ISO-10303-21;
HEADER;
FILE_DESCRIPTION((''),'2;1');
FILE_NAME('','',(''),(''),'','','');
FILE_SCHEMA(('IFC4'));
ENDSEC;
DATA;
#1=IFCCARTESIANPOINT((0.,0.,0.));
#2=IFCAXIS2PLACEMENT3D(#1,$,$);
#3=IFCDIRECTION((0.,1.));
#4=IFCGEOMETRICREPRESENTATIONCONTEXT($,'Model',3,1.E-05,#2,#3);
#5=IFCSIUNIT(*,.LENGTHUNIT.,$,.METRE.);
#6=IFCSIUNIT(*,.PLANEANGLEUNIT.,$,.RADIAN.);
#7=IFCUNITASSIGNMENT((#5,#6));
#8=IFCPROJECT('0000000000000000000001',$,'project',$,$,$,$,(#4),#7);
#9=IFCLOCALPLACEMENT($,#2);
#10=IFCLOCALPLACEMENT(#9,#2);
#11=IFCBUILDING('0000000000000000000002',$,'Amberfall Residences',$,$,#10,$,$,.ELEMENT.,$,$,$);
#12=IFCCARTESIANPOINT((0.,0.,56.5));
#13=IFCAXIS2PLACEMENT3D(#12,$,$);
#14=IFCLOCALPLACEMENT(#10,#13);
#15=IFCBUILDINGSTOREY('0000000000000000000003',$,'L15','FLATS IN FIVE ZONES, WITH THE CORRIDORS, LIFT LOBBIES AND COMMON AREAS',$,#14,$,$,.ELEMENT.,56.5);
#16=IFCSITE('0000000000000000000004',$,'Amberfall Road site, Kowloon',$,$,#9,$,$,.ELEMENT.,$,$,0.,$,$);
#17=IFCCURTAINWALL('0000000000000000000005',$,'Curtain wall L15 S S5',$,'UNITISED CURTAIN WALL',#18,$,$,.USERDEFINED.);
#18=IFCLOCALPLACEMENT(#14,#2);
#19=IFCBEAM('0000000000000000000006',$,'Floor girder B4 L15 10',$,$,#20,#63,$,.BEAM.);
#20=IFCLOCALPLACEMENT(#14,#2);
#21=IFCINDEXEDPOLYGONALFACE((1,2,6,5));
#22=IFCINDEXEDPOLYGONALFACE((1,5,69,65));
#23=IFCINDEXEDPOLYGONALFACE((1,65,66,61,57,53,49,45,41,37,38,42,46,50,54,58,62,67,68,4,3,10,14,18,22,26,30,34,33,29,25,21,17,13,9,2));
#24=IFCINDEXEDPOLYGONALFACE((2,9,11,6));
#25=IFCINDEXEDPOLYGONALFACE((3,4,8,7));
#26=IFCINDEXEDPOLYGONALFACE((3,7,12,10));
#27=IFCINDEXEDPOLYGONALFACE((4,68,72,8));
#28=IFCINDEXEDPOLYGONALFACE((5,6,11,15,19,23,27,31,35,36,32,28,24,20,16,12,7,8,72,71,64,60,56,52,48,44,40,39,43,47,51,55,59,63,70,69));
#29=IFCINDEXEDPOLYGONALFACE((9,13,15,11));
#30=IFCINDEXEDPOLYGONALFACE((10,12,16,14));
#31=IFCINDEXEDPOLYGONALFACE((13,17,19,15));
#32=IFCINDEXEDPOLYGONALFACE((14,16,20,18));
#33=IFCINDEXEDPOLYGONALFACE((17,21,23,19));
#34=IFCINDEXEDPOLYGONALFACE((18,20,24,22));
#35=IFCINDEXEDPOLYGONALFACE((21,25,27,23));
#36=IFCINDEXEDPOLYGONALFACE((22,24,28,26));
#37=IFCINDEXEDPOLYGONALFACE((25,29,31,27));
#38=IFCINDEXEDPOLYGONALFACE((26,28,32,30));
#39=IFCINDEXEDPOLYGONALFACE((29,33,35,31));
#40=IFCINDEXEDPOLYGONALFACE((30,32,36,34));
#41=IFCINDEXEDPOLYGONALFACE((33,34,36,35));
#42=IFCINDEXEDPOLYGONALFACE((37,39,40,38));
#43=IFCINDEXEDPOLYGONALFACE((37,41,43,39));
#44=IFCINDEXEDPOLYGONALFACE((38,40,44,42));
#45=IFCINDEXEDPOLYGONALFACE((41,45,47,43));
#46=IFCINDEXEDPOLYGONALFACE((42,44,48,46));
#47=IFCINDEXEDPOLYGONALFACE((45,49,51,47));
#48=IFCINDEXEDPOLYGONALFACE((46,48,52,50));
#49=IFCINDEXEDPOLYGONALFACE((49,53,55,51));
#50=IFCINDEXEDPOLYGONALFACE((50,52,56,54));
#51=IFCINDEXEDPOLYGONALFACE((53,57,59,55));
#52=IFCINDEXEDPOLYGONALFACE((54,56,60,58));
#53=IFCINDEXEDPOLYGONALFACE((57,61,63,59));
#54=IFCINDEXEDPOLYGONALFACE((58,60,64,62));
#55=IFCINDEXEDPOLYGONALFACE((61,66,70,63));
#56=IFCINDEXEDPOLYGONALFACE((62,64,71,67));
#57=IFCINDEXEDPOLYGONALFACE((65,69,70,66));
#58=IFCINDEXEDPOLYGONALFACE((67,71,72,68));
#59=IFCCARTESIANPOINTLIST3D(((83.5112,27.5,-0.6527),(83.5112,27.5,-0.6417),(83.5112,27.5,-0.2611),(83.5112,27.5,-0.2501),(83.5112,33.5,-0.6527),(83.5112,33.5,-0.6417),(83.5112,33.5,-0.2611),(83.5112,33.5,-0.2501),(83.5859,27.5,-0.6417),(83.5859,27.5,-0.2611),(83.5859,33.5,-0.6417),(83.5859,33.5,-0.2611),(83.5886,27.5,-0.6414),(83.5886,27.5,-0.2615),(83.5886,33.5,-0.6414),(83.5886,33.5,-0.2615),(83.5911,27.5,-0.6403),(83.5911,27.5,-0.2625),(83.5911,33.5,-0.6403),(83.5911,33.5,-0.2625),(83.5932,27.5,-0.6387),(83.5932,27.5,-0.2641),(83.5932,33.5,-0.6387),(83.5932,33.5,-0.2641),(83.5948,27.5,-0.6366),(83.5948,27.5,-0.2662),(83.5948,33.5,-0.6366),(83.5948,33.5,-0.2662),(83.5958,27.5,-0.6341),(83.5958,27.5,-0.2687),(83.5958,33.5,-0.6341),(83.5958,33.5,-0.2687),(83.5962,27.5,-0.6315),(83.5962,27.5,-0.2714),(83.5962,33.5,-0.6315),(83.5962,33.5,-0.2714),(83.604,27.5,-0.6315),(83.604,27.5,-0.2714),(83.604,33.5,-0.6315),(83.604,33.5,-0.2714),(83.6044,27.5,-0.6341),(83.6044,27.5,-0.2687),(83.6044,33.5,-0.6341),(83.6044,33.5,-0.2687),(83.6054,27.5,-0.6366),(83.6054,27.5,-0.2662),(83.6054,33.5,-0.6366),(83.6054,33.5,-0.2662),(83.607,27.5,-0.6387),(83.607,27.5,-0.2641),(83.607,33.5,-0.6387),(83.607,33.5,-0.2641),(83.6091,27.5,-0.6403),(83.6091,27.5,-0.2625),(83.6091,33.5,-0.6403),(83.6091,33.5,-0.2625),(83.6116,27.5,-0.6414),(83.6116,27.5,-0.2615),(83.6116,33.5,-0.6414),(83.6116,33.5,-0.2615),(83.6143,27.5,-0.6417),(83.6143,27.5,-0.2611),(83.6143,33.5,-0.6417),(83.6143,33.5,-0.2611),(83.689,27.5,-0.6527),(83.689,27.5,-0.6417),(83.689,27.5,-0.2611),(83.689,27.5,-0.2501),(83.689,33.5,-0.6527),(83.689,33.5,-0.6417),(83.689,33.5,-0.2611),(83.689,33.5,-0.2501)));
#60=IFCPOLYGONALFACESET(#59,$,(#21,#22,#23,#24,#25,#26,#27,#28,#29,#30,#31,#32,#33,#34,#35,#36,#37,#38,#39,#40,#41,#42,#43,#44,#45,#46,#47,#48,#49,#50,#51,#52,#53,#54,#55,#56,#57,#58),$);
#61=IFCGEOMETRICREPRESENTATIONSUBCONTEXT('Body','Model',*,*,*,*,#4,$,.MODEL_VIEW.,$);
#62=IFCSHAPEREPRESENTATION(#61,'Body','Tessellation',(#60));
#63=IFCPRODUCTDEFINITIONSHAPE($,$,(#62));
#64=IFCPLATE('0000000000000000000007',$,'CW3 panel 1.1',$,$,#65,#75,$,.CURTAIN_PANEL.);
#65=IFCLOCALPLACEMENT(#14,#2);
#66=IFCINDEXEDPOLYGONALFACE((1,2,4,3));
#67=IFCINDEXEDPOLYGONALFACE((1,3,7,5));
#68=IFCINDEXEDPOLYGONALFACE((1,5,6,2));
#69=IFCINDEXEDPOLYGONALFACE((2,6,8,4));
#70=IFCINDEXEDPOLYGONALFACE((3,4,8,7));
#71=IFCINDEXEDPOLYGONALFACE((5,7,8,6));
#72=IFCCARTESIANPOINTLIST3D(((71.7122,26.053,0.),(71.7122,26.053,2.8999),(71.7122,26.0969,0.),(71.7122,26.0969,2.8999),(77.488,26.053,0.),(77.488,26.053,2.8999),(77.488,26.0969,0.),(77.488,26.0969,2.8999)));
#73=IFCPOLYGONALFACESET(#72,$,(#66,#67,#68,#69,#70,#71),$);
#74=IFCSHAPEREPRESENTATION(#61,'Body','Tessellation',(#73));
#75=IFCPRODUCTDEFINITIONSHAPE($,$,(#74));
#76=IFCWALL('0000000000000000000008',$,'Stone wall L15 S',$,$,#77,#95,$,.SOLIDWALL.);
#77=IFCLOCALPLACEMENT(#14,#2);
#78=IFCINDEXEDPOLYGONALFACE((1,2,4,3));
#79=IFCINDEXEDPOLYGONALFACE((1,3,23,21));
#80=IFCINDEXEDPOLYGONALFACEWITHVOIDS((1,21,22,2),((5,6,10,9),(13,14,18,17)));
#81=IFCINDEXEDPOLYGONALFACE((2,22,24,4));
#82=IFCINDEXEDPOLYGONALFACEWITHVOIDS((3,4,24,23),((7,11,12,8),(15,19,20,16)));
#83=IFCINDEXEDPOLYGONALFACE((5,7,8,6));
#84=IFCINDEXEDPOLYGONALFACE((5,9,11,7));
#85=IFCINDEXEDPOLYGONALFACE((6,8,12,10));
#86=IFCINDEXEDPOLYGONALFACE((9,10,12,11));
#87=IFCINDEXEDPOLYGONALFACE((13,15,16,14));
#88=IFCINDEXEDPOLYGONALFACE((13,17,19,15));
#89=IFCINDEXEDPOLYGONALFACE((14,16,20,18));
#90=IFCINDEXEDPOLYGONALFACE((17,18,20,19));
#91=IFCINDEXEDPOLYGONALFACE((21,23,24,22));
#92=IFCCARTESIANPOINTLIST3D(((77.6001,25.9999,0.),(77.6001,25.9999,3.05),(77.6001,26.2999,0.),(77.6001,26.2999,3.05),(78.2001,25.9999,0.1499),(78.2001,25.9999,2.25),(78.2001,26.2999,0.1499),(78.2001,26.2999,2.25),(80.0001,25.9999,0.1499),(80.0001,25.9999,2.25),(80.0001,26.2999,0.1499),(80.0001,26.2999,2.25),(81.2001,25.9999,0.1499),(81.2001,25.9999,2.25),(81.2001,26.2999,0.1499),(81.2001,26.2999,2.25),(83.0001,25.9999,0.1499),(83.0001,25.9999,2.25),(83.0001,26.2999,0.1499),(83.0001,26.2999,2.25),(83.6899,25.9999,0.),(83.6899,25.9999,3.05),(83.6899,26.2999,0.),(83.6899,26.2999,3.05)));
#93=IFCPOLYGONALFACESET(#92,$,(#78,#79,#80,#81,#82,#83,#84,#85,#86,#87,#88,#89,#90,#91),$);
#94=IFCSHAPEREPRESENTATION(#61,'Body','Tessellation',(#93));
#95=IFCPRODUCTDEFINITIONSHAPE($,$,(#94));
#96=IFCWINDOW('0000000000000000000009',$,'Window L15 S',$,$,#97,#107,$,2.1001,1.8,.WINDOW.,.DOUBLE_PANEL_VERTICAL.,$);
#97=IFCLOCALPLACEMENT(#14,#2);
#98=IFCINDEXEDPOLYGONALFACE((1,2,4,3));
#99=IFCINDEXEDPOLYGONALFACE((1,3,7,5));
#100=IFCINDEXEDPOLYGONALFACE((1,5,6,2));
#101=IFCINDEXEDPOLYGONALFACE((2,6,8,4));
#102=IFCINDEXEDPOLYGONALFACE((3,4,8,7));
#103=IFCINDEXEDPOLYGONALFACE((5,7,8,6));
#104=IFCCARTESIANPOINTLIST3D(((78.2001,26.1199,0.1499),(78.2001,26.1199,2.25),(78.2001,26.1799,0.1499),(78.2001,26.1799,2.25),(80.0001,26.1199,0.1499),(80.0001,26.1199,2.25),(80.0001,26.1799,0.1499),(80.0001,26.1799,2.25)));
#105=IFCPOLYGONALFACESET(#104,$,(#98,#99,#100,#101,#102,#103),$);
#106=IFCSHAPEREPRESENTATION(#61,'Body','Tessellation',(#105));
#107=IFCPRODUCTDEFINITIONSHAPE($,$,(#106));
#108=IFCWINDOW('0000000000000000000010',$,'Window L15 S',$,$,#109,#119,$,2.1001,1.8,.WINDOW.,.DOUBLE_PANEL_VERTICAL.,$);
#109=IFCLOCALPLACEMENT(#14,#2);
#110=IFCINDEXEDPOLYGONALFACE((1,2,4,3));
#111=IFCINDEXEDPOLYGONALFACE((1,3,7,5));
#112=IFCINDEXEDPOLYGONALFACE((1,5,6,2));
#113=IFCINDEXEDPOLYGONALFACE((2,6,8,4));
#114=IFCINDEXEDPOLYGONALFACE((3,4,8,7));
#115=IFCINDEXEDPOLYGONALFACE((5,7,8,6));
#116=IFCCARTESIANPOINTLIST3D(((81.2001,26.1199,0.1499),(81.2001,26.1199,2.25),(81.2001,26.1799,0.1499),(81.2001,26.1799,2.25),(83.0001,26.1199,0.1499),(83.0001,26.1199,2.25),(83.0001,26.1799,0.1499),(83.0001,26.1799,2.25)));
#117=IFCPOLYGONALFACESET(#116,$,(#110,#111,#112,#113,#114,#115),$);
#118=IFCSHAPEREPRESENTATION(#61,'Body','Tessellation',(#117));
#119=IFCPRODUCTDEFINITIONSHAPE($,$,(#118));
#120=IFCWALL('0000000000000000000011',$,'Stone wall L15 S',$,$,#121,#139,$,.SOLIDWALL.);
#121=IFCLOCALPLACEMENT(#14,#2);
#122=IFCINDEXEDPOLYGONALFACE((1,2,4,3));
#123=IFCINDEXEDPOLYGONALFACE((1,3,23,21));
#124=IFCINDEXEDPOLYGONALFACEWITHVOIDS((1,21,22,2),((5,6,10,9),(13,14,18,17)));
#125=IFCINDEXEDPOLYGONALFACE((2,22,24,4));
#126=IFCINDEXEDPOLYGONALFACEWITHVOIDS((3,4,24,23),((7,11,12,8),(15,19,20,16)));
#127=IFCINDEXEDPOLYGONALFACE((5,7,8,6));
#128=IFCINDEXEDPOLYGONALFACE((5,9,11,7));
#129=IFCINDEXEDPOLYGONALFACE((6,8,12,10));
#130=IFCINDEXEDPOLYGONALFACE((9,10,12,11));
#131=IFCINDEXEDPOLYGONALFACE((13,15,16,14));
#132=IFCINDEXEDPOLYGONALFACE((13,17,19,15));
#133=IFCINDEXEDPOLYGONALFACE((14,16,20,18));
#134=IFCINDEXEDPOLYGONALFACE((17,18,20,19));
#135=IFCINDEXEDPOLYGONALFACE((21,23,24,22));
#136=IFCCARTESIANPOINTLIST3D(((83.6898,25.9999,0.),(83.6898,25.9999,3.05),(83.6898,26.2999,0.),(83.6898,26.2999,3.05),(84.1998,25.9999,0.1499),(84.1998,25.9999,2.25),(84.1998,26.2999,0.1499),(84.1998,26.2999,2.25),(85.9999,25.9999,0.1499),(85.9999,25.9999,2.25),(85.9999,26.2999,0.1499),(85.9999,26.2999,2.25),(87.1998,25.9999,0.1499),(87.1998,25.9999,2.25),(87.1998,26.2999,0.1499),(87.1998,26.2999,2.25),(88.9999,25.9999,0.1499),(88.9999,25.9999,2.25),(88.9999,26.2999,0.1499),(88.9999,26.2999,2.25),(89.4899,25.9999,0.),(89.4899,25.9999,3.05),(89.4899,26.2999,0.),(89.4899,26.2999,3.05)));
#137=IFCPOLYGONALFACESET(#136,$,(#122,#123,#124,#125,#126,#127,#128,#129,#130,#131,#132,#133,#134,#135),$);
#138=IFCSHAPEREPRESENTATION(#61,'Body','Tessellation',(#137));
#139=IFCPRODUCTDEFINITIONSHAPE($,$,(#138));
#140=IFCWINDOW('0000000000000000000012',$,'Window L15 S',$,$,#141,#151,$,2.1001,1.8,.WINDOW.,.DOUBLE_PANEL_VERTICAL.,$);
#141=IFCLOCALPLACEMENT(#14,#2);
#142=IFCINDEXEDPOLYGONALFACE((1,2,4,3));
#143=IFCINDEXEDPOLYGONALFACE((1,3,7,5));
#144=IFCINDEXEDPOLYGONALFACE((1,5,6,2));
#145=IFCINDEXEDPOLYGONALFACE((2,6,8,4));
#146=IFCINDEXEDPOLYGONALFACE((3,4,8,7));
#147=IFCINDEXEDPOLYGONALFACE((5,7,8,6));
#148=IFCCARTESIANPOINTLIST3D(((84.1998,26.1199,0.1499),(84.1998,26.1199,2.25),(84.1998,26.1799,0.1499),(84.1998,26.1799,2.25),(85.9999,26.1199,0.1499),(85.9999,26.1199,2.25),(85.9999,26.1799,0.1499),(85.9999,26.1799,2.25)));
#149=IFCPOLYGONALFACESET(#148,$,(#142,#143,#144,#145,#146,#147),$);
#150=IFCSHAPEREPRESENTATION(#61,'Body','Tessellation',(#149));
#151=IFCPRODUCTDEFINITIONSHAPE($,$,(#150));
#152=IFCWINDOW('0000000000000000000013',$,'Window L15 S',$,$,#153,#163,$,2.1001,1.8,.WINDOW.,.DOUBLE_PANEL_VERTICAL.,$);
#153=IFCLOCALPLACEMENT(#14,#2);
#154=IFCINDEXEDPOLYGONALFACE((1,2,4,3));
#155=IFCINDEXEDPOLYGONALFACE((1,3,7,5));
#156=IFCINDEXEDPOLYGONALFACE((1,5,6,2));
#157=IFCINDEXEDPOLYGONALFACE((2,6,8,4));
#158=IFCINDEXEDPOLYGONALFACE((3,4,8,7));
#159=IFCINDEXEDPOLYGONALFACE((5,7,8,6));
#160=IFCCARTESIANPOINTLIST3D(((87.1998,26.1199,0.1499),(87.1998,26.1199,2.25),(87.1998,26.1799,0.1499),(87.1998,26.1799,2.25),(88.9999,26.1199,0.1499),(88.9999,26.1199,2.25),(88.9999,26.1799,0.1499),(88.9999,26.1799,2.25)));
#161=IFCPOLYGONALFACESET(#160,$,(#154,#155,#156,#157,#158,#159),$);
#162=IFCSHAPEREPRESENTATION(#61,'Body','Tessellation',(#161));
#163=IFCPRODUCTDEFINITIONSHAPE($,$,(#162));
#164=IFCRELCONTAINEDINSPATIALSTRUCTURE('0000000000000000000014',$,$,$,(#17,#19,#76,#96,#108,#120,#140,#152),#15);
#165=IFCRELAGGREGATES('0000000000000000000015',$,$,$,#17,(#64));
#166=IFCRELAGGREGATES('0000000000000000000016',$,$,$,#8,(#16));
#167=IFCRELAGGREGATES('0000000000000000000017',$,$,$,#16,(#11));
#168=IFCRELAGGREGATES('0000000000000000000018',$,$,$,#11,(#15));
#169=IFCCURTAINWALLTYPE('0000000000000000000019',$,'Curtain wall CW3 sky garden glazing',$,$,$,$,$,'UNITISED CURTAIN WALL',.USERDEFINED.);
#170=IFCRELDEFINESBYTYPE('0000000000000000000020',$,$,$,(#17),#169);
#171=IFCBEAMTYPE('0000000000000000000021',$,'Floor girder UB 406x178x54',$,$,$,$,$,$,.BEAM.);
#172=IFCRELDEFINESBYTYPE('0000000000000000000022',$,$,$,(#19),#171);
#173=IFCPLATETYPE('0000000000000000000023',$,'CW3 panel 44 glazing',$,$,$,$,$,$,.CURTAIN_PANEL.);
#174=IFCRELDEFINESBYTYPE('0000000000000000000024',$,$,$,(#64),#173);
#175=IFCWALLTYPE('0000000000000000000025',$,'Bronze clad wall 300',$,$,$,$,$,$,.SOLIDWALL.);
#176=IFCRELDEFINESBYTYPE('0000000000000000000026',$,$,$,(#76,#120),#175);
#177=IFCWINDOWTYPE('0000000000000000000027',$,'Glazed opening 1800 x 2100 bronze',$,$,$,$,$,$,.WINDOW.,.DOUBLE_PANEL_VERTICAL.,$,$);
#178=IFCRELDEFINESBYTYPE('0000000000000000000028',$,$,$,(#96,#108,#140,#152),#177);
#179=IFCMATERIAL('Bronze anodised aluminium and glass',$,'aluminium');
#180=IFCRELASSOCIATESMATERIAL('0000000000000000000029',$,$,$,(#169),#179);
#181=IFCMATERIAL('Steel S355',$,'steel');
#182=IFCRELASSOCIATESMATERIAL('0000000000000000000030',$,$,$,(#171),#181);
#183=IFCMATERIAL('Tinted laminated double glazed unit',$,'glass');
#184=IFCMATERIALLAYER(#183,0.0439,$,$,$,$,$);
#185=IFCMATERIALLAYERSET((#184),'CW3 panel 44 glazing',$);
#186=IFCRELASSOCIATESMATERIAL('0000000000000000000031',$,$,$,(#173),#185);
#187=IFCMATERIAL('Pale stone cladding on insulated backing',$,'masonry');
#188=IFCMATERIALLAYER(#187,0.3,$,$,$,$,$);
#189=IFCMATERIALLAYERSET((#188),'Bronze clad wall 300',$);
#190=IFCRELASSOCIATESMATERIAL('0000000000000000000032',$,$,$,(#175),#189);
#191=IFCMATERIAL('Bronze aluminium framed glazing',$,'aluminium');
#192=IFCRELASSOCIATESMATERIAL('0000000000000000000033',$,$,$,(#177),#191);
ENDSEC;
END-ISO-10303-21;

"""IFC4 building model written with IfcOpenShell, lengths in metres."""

from ifc_helpers import new_model, si_unit, direction, frame, frame_2d, origin, origin_2d, place, context, subcontext, project, spatial, rectangle, i_section, extrude, material, layer, layer_set, material_profile, profile_set, type_object, element, fill, aggregate, save


model = new_model("IFC4")

# Units and contexts
model_context = context("Model", 3, precision=1e-05, world=origin(), true_north=direction((0.0, 1.0)))
body_context = subcontext(model_context, "Body", "Model", "MODEL_VIEW")
ifc_project = project(units=[si_unit("LENGTHUNIT", "METRE"), si_unit("PLANEANGLEUNIT", "RADIAN")], contexts=[model_context])

# Site, building, storey
site_placement = place(None, origin())
site = spatial("IfcSite", under=ifc_project, at=site_placement, Name="Amberfall Road site, Kowloon", CompositionType="ELEMENT", RefElevation=0.0)
building_placement = place(site_placement, origin())
building = spatial("IfcBuilding", under=site, at=building_placement, Name="Amberfall Residences", CompositionType="ELEMENT")
storey_placement = place(building_placement, frame((0.0, 0.0, 56.5)))
storey = spatial("IfcBuildingStorey", under=building, at=storey_placement, Name="L15", Description="FLATS IN FIVE ZONES, WITH THE CORRIDORS, LIFT LOBBIES AND COMMON AREAS", CompositionType="ELEMENT", Elevation=56.5)

# Curtain wall
ifc_material_1 = material(Name="Bronze anodised aluminium and glass", Category="aluminium")
curtain_wall_type = type_object("IfcCurtainWallType", Name="Curtain wall CW3 sky garden glazing", ElementType="UNITISED CURTAIN WALL", PredefinedType="USERDEFINED", material=ifc_material_1)
curtain_wall_placement = place(storey_placement, origin())
curtain_wall = element("IfcCurtainWall", 1, at=curtain_wall_placement, inside=storey, type_object=curtain_wall_type, Name="Curtain wall L15 S S5", ObjectType="UNITISED CURTAIN WALL", PredefinedType="USERDEFINED")

# Beam
ifc_material_2 = material(Name="Steel S355", Category="steel")
ifc_material_profile_1 = material_profile(ifc_material_2, i_section(OverallWidth=0.1777, OverallDepth=0.4026, WebThickness=0.0078, FlangeThickness=0.011, FilletRadius=0.0103, at=origin_2d()), Name="UB 406x178x54")
ifc_profile_set_1 = profile_set([ifc_material_profile_1], Name="Steel S355")
beam_type_1 = type_object("IfcBeamType", Name="Floor girder UB 406x178x54", PredefinedType="BEAM", material=ifc_profile_set_1)
for number, where, z_axis, x_axis, name in (
    (2, (83.6001, 27.5, -0.4514), (0.0, 1.0, 0.0), (-1.0, 0.0, 0.0), "Floor girder B4 L15 10"),
):
    element("IfcBeam", number, at=place(storey_placement, frame(where, z_axis=z_axis, x_axis=x_axis)), inside=storey, type_object=beam_type_1, Name=name, PredefinedType="BEAM", context=body_context, shape_type="SweptSolid", body=[
        extrude(i_section(OverallWidth=0.1777, OverallDepth=0.4026, WebThickness=0.0078, FlangeThickness=0.011, FilletRadius=0.0103, at=origin_2d()), origin(), (0.0, 0.0, 1.0), 6.0),
    ])

# Plate
ifc_material_3 = material(Name="Tinted laminated double glazed unit", Category="glass")
ifc_layer_1 = layer(ifc_material_3, 0.0439)
ifc_layer_set_1 = layer_set([ifc_layer_1], Name="CW3 panel 44 glazing")
plate_type = type_object("IfcPlateType", Name="CW3 panel 44 glazing", PredefinedType="CURTAIN_PANEL", material=ifc_layer_set_1)
plate_placement = place(storey_placement, frame((74.6001, 26.075, 0.0), z_axis=(0.0, 0.0, 1.0), x_axis=(1.0, 0.0, 0.0)))
plate = element("IfcPlate", 3, at=plate_placement, type_object=plate_type, Name="CW3 panel 1.1", PredefinedType="CURTAIN_PANEL", context=body_context, shape_type="SweptSolid", body=[
    extrude(rectangle(XDim=5.7759, YDim=0.0439, at=origin_2d()), origin(), (0.0, 0.0, 1.0), 2.8999),
])
aggregate(curtain_wall, [plate])

# Walls, openings, windows
ifc_material_4 = material(Name="Pale stone cladding on insulated backing", Category="masonry")
ifc_layer_2 = layer(ifc_material_4, 0.3)
ifc_layer_set_2 = layer_set([ifc_layer_2], Name="Bronze clad wall 300")
wall_type_1 = type_object("IfcWallType", Name="Bronze clad wall 300", PredefinedType="SOLIDWALL", material=ifc_layer_set_2)
wall_1_placement = place(storey_placement, frame((77.6001, 26.1499, 0.0), z_axis=(0.0, 0.0, 1.0), x_axis=(1.0, 0.0, 0.0)))
wall_1 = element("IfcWall", 4, at=wall_1_placement, inside=storey, type_object=wall_type_1, Name="Stone wall L15 S", PredefinedType="SOLIDWALL", context=body_context, shape_type="SweptSolid", body=[
    extrude(rectangle(XDim=6.0898, YDim=0.3, at=frame_2d((3.0449, 0.0))), origin(), (0.0, 0.0, 1.0), 3.05),
])
opening_1_placement = place(wall_1_placement, frame((0.6001, 0.0, 0.1499)))
opening_1 = element("IfcOpeningElement", 5, at=opening_1_placement, cuts=wall_1, PredefinedType="OPENING", context=body_context, shape_type="SweptSolid", body=[
    extrude(rectangle(XDim=1.8, YDim=2.1001, at=frame_2d((0.8999, 1.05))), frame((0.0, 0.1599, 0.0), z_axis=(0.0, -1.0, 0.0), x_axis=(1.0, 0.0, 0.0)), (0.0, 0.0, 1.0), 0.3201),
])
opening_2_placement = place(wall_1_placement, frame((3.6001, 0.0, 0.1499)))
opening_2 = element("IfcOpeningElement", 6, at=opening_2_placement, cuts=wall_1, PredefinedType="OPENING", context=body_context, shape_type="SweptSolid", body=[
    extrude(rectangle(XDim=1.8, YDim=2.1001, at=frame_2d((0.8999, 1.05))), frame((0.0, 0.1599, 0.0), z_axis=(0.0, -1.0, 0.0), x_axis=(1.0, 0.0, 0.0)), (0.0, 0.0, 1.0), 0.3201),
])
ifc_material_5 = material(Name="Bronze aluminium framed glazing", Category="aluminium")
window_type = type_object("IfcWindowType", Name="Glazed opening 1800 x 2100 bronze", PartitioningType="DOUBLE_PANEL_VERTICAL", PredefinedType="WINDOW", material=ifc_material_5)
window_1_placement = place(opening_1_placement, origin())
window_1 = element("IfcWindow", 7, at=window_1_placement, inside=storey, type_object=window_type, Name="Window L15 S", OverallHeight=2.1001, OverallWidth=1.8, PartitioningType="DOUBLE_PANEL_VERTICAL", PredefinedType="WINDOW", context=body_context, shape_type="SweptSolid", body=[
    extrude(rectangle(XDim=1.8, YDim=2.1001, at=frame_2d((0.8999, 1.05))), frame((0.0, 0.03, 0.0), z_axis=(0.0, -1.0, 0.0), x_axis=(1.0, 0.0, 0.0)), (0.0, 0.0, 1.0), 0.0601),
])
fill(opening_1, window_1)
window_2_placement = place(opening_2_placement, origin())
window_2 = element("IfcWindow", 8, at=window_2_placement, inside=storey, type_object=window_type, Name="Window L15 S", OverallHeight=2.1001, OverallWidth=1.8, PartitioningType="DOUBLE_PANEL_VERTICAL", PredefinedType="WINDOW", context=body_context, shape_type="SweptSolid", body=[
    extrude(rectangle(XDim=1.8, YDim=2.1001, at=frame_2d((0.8999, 1.05))), frame((0.0, 0.03, 0.0), z_axis=(0.0, -1.0, 0.0), x_axis=(1.0, 0.0, 0.0)), (0.0, 0.0, 1.0), 0.0601),
])
fill(opening_2, window_2)
wall_2_placement = place(storey_placement, frame((83.6899, 26.1499, 0.0), z_axis=(0.0, 0.0, 1.0), x_axis=(1.0, 0.0, 0.0)))
wall_2 = element("IfcWall", 9, at=wall_2_placement, inside=storey, type_object=wall_type_1, Name="Stone wall L15 S", PredefinedType="SOLIDWALL", context=body_context, shape_type="SweptSolid", body=[
    extrude(rectangle(XDim=5.8, YDim=0.3, at=frame_2d((2.8999, 0.0))), origin(), (0.0, 0.0, 1.0), 3.05),
])
opening_3_placement = place(wall_2_placement, frame((0.51, 0.0, 0.1499)))
opening_3 = element("IfcOpeningElement", 10, at=opening_3_placement, cuts=wall_2, PredefinedType="OPENING", context=body_context, shape_type="SweptSolid", body=[
    extrude(rectangle(XDim=1.8, YDim=2.1001, at=frame_2d((0.8999, 1.05))), frame((0.0, 0.1599, 0.0), z_axis=(0.0, -1.0, 0.0), x_axis=(1.0, 0.0, 0.0)), (0.0, 0.0, 1.0), 0.3201),
])
opening_4_placement = place(wall_2_placement, frame((3.51, 0.0, 0.1499)))
opening_4 = element("IfcOpeningElement", 11, at=opening_4_placement, cuts=wall_2, PredefinedType="OPENING", context=body_context, shape_type="SweptSolid", body=[
    extrude(rectangle(XDim=1.8, YDim=2.1001, at=frame_2d((0.8999, 1.05))), frame((0.0, 0.1599, 0.0), z_axis=(0.0, -1.0, 0.0), x_axis=(1.0, 0.0, 0.0)), (0.0, 0.0, 1.0), 0.3201),
])
window_3_placement = place(opening_3_placement, origin())
window_3 = element("IfcWindow", 12, at=window_3_placement, inside=storey, type_object=window_type, Name="Window L15 S", OverallHeight=2.1001, OverallWidth=1.8, PartitioningType="DOUBLE_PANEL_VERTICAL", PredefinedType="WINDOW", context=body_context, shape_type="SweptSolid", body=[
    extrude(rectangle(XDim=1.8, YDim=2.1001, at=frame_2d((0.8999, 1.05))), frame((0.0, 0.03, 0.0), z_axis=(0.0, -1.0, 0.0), x_axis=(1.0, 0.0, 0.0)), (0.0, 0.0, 1.0), 0.0601),
])
fill(opening_3, window_3)
window_4_placement = place(opening_4_placement, origin())
window_4 = element("IfcWindow", 13, at=window_4_placement, inside=storey, type_object=window_type, Name="Window L15 S", OverallHeight=2.1001, OverallWidth=1.8, PartitioningType="DOUBLE_PANEL_VERTICAL", PredefinedType="WINDOW", context=body_context, shape_type="SweptSolid", body=[
    extrude(rectangle(XDim=1.8, YDim=2.1001, at=frame_2d((0.8999, 1.05))), frame((0.0, 0.03, 0.0), z_axis=(0.0, -1.0, 0.0), x_axis=(1.0, 0.0, 0.0)), (0.0, 0.0, 1.0), 0.0601),
])
fill(opening_4, window_4)

save(model, "model.ifc")
